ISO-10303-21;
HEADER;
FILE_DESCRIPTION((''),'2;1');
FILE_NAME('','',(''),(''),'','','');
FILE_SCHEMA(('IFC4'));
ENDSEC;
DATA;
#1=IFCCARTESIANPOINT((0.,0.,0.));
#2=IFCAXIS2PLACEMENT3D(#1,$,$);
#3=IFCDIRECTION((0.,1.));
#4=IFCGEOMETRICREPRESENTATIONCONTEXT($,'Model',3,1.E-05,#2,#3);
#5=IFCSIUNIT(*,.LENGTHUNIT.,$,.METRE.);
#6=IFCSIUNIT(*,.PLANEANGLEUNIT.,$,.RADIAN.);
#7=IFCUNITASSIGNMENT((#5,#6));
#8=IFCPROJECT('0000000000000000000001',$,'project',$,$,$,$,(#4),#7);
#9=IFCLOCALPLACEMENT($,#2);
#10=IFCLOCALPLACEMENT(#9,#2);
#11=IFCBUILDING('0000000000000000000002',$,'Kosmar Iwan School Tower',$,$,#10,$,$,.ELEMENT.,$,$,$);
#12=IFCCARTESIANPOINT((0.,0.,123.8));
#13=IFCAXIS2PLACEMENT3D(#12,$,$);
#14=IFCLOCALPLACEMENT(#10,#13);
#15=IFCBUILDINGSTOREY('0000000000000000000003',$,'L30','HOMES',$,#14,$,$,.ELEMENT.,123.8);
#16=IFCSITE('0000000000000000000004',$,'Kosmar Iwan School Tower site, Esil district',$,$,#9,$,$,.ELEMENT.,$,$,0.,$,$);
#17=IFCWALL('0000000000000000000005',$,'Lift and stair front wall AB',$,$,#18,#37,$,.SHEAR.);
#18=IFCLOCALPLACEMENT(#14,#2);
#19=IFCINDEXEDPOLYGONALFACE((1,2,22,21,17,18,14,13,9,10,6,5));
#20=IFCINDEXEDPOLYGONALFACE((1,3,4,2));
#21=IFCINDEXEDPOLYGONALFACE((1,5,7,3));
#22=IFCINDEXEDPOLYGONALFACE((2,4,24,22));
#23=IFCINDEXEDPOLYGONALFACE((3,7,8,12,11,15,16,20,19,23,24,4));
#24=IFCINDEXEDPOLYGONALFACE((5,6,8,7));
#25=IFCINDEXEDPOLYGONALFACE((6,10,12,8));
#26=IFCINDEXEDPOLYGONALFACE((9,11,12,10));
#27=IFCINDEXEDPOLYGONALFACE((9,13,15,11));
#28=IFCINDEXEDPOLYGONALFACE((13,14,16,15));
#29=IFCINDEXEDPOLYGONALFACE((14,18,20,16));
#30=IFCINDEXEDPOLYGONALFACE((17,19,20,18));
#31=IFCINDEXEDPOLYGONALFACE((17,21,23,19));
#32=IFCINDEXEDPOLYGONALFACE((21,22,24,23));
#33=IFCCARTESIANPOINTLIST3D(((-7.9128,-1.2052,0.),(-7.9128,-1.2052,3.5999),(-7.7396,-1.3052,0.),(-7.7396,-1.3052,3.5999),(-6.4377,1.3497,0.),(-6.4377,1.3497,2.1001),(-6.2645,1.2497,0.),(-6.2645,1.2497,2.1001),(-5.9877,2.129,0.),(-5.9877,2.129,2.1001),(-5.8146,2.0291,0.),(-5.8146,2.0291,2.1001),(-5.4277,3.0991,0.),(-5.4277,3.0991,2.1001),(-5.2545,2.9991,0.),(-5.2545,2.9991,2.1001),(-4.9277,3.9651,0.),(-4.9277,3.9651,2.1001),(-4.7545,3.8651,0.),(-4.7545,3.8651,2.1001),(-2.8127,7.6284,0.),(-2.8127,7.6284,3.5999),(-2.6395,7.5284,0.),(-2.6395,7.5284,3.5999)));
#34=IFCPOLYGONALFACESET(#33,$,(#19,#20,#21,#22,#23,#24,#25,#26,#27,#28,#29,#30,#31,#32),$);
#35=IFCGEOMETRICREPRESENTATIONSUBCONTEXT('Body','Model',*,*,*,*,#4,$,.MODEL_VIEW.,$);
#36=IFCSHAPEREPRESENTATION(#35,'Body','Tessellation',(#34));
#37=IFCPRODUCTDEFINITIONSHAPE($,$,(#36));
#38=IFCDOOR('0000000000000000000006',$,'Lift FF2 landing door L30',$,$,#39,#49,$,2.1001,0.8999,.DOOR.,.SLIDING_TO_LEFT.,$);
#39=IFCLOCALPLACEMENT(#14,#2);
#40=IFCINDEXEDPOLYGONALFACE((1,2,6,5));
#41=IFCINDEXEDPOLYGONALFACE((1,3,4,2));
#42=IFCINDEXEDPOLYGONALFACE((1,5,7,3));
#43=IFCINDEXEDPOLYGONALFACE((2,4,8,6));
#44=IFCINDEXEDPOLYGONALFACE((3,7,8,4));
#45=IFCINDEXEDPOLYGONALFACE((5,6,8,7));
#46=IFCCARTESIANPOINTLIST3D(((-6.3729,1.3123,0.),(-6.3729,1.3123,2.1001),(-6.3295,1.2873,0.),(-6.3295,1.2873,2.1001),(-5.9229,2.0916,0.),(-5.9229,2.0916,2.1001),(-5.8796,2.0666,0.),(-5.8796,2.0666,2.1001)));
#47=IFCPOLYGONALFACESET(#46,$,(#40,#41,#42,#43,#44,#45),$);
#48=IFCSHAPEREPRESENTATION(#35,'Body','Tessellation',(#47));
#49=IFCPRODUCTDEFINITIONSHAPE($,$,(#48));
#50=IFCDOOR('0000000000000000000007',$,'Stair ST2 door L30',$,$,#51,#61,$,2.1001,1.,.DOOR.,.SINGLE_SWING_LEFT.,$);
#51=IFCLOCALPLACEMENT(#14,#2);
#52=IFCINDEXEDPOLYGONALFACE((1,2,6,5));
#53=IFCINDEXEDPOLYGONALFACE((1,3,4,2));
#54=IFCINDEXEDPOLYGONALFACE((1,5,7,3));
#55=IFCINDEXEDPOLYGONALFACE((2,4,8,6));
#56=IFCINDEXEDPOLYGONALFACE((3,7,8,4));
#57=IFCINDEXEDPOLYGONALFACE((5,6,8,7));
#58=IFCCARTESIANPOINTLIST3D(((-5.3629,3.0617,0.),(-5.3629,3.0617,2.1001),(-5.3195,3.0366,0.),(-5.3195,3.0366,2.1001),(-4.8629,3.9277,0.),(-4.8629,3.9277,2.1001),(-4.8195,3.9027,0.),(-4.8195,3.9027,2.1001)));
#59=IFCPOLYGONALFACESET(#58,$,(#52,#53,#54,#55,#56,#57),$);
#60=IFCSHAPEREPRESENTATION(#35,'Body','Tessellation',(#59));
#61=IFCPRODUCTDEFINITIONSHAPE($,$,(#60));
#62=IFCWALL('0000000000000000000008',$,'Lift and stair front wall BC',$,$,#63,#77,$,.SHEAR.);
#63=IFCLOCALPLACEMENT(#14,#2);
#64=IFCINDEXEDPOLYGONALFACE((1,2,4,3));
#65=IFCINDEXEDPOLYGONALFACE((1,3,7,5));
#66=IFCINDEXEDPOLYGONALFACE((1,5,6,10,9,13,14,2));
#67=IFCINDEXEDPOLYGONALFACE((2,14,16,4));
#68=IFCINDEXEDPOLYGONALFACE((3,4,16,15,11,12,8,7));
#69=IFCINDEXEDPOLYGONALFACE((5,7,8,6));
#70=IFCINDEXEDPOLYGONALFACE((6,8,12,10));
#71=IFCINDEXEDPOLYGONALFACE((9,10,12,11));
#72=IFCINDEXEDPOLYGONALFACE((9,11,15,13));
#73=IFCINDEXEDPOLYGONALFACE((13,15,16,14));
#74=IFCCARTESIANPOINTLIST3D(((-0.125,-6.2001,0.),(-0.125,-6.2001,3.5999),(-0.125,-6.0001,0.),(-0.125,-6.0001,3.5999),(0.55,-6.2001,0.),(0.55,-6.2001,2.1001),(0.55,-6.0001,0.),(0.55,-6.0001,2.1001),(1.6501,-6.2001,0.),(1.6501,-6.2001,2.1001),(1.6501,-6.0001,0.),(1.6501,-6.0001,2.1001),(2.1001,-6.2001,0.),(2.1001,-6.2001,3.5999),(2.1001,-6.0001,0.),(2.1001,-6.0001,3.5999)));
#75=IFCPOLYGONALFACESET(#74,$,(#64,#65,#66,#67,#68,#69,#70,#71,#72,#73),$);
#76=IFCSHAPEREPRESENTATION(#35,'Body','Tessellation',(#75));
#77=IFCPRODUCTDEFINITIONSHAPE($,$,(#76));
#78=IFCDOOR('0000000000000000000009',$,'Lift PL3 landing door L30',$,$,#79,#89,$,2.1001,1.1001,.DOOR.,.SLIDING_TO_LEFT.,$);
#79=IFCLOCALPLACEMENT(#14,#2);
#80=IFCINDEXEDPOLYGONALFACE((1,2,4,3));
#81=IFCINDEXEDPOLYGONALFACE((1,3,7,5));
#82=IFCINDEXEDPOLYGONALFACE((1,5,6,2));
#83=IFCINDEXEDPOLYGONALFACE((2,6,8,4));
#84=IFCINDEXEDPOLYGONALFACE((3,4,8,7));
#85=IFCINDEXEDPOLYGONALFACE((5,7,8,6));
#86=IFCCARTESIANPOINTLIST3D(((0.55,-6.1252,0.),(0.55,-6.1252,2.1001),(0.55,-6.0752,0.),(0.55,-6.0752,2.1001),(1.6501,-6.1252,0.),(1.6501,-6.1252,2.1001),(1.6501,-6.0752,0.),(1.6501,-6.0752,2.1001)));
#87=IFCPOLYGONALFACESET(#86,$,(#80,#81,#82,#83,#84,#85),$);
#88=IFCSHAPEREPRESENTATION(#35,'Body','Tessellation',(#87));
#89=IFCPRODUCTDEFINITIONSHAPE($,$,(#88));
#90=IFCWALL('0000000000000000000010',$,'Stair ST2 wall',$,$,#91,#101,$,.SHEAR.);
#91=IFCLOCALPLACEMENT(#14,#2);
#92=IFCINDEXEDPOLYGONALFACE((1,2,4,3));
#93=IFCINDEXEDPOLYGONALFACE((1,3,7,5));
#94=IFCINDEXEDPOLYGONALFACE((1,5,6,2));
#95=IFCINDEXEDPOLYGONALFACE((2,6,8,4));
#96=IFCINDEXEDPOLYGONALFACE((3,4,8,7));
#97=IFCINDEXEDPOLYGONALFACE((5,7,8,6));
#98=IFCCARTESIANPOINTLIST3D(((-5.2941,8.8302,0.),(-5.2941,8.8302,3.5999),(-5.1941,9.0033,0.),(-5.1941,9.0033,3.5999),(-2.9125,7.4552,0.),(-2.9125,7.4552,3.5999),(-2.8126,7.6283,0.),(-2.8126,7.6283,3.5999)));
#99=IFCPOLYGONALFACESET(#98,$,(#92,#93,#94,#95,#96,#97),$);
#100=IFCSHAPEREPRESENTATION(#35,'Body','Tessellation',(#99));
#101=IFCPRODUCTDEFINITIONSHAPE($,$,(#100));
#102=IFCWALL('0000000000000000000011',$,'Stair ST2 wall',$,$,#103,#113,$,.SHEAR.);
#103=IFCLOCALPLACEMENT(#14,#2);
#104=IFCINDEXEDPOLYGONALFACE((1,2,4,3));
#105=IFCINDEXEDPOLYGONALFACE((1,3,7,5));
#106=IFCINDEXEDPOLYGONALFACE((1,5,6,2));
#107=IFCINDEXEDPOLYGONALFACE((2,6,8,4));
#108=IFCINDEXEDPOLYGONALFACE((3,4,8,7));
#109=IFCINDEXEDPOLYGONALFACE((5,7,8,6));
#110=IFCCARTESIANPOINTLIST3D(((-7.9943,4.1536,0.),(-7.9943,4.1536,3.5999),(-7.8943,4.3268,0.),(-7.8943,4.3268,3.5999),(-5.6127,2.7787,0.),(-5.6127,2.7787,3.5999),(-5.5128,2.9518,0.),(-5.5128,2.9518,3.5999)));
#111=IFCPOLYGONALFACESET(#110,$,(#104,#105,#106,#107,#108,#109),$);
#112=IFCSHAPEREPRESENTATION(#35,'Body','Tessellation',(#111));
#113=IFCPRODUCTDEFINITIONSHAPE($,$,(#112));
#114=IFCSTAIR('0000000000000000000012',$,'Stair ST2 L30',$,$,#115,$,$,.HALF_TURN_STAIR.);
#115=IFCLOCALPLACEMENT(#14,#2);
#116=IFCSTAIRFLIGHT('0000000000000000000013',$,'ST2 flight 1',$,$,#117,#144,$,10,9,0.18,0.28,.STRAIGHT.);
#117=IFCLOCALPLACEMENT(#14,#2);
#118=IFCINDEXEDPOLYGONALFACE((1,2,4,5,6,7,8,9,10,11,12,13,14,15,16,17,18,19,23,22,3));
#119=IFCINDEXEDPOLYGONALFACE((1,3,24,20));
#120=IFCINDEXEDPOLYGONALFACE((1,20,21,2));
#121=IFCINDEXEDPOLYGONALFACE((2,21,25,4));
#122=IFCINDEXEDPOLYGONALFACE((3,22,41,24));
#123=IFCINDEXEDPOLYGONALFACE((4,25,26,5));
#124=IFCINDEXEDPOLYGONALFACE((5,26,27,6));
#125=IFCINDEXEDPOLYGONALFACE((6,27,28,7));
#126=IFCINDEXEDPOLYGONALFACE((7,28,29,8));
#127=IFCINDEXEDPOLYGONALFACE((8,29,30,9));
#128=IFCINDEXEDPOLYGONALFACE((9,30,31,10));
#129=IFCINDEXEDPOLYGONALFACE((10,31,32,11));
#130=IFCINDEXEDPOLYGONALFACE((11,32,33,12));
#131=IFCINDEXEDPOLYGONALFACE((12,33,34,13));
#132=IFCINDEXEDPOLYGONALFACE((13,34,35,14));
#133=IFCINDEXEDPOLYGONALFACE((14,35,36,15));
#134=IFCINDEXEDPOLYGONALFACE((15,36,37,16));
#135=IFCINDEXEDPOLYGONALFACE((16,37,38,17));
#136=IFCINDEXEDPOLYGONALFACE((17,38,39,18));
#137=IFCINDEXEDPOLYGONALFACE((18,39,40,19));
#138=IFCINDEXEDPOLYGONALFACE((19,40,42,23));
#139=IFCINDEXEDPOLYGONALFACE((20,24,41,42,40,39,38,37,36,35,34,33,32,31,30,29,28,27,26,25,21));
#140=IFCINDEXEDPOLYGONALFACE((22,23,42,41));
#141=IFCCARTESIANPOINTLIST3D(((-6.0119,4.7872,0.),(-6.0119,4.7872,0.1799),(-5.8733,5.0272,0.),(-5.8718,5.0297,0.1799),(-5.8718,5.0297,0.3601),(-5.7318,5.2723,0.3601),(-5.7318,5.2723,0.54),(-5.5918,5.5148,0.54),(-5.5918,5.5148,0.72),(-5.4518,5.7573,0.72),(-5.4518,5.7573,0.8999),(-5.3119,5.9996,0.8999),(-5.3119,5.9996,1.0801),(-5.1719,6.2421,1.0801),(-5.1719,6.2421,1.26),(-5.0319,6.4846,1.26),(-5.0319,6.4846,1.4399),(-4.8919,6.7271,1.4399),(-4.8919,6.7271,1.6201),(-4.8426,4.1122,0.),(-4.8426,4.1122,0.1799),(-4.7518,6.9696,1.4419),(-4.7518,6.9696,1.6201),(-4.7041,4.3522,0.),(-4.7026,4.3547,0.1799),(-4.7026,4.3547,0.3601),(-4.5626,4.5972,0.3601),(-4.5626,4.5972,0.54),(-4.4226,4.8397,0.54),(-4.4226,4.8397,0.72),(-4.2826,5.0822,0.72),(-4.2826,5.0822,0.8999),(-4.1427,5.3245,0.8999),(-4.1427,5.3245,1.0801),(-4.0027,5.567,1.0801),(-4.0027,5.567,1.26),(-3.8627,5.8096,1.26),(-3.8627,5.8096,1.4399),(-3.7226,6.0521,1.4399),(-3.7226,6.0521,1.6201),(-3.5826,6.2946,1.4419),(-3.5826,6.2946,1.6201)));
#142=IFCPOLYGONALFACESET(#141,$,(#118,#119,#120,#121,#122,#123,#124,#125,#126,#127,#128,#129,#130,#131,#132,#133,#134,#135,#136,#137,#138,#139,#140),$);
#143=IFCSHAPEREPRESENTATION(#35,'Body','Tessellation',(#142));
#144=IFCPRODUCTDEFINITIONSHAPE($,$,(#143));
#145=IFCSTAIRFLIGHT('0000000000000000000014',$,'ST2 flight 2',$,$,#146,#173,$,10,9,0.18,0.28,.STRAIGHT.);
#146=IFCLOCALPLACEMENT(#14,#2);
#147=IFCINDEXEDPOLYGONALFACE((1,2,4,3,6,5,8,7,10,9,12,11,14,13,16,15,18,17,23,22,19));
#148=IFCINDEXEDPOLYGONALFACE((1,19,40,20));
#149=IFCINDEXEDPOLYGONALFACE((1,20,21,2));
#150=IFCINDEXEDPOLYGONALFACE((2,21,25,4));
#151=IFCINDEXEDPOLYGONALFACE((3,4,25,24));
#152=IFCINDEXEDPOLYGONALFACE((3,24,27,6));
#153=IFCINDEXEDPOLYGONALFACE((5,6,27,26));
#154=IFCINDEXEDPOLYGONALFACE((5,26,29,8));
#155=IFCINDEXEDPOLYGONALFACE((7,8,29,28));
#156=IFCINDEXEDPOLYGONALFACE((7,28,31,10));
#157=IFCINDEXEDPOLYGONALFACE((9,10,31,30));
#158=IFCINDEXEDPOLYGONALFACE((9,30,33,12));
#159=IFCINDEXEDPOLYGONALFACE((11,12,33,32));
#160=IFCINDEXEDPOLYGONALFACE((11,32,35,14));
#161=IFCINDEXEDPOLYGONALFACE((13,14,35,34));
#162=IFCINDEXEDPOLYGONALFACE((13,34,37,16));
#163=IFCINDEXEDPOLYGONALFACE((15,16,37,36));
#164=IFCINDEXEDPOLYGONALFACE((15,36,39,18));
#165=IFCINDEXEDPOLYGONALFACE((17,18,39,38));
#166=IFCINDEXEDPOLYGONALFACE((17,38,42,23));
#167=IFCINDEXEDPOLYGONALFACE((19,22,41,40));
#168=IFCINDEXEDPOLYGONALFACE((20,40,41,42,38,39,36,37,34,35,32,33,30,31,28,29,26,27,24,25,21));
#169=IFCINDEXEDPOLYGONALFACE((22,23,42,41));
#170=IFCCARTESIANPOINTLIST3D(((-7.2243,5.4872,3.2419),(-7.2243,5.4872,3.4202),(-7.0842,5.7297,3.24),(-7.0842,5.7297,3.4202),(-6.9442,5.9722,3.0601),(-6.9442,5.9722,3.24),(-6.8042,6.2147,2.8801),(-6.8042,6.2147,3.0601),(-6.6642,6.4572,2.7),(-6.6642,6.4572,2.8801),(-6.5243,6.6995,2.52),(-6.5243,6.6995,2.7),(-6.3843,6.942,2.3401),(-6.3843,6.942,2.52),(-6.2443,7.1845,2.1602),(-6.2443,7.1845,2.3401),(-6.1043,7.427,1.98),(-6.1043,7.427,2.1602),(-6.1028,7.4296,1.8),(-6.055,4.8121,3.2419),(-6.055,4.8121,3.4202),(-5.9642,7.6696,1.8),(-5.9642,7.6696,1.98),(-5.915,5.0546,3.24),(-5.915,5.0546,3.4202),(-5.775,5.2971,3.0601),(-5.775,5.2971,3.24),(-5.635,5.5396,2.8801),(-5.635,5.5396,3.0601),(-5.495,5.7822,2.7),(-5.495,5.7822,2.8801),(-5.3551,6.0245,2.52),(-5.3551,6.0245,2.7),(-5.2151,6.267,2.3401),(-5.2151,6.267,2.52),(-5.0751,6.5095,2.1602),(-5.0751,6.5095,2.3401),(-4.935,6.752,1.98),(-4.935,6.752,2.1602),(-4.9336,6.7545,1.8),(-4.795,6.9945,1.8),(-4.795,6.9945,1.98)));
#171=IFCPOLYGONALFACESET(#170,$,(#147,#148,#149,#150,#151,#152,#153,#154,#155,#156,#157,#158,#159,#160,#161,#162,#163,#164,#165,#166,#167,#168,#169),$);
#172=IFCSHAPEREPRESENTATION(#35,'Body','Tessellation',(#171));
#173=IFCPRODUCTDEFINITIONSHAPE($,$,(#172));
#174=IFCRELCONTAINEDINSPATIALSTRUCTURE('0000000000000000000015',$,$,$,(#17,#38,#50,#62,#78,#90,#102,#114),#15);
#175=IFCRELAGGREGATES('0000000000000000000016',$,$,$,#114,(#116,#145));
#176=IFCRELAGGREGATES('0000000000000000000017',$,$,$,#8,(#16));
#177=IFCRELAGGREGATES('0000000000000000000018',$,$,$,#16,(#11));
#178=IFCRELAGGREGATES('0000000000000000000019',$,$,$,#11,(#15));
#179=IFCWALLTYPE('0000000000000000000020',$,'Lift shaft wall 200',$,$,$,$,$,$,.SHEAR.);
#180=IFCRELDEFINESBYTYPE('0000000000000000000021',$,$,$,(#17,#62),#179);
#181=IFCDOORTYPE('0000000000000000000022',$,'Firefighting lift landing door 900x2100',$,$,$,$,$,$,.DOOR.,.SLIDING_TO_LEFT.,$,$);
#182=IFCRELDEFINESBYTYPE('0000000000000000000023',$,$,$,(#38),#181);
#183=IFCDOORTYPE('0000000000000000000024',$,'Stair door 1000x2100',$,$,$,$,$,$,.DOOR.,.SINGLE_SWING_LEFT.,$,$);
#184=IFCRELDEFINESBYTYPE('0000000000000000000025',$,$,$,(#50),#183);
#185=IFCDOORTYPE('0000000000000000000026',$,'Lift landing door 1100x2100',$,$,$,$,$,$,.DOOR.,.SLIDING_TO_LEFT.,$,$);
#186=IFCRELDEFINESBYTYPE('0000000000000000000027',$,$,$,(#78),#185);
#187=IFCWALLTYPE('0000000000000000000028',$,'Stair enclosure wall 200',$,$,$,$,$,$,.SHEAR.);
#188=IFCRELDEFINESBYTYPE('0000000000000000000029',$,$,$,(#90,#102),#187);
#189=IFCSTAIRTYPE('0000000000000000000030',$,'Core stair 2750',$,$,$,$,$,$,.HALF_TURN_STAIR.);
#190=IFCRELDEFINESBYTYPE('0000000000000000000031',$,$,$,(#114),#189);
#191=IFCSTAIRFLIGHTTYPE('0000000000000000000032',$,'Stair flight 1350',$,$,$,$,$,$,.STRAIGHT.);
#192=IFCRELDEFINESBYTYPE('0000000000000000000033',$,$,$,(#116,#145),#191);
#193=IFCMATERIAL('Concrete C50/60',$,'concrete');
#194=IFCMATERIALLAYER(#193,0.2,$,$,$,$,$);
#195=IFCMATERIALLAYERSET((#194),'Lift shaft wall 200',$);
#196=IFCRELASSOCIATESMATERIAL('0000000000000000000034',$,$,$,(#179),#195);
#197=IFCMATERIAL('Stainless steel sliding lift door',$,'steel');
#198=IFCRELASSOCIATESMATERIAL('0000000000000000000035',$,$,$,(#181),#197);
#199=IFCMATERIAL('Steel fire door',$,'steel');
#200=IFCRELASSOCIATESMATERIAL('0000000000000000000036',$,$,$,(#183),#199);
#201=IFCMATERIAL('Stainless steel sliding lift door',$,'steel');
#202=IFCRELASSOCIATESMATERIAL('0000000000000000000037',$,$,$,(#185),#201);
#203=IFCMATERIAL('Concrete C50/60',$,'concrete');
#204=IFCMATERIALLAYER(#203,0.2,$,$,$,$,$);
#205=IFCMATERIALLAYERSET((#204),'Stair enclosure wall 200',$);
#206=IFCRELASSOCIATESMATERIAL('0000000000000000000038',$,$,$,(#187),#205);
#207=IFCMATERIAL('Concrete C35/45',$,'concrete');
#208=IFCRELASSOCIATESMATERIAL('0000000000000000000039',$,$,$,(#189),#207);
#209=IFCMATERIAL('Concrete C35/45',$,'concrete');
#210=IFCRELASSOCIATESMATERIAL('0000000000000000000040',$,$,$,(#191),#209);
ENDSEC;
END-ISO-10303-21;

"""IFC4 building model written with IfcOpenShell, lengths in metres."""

from ifc_helpers import new_model, si_unit, direction, frame, frame_2d, origin, place, context, subcontext, project, spatial, polyline, rectangle, outline, extrude, material, layer, layer_set, type_object, element, fill, aggregate, save


model = new_model("IFC4")

# Units and contexts
model_context = context("Model", 3, precision=1e-05, world=origin(), true_north=direction((0.0, 1.0)))
body_context = subcontext(model_context, "Body", "Model", "MODEL_VIEW")
ifc_project = project(units=[si_unit("LENGTHUNIT", "METRE"), si_unit("PLANEANGLEUNIT", "RADIAN")], contexts=[model_context])

# Site, building, storey
site_placement = place(None, origin())
site = spatial("IfcSite", under=ifc_project, at=site_placement, Name="Kosmar Iwan School Tower site, Esil district", CompositionType="ELEMENT", RefElevation=0.0)
building_placement = place(site_placement, origin())
building = spatial("IfcBuilding", under=site, at=building_placement, Name="Kosmar Iwan School Tower", CompositionType="ELEMENT")
storey_placement = place(building_placement, frame((0.0, 0.0, 123.8)))
storey = spatial("IfcBuildingStorey", under=building, at=storey_placement, Name="L30", Description="HOMES", CompositionType="ELEMENT", Elevation=123.8)

# Wall, openings, doors
ifc_material_1 = material(Name="Concrete C50/60", Category="concrete")
ifc_layer_1 = layer(ifc_material_1, 0.2)
ifc_layer_set_1 = layer_set([ifc_layer_1], Name="Lift shaft wall 200")
wall_type_1 = type_object("IfcWallType", Name="Lift shaft wall 200", PredefinedType="SHEAR", material=ifc_layer_set_1)
wall_1_placement = place(storey_placement, frame((-2.7261, 7.5784, 0.0), z_axis=(0.0, 0.0, 1.0), x_axis=(-0.500006, -0.866022, 0.0)))
wall_1 = element("IfcWall", 1, at=wall_1_placement, inside=storey, type_object=wall_type_1, Name="Lift and stair front wall AB", PredefinedType="SHEAR", context=body_context, shape_type="SweptSolid", body=[
    extrude(rectangle(XDim=10.2002, YDim=0.2, at=frame_2d((5.1001, 0.0))), origin(), (0.0, 0.0, 1.0), 3.5999),
])
opening_1_placement = place(wall_1_placement, frame((6.3501, 0.0, 0.0)))
opening_1 = element("IfcOpeningElement", 2, at=opening_1_placement, cuts=wall_1, PredefinedType="OPENING", context=body_context, shape_type="SweptSolid", body=[
    extrude(rectangle(XDim=0.8999, YDim=2.1001, at=frame_2d((0.45, 1.05))), frame((0.0, 0.1121, 0.0), z_axis=(0.0, -1.0, 0.0), x_axis=(1.0, 0.0, 0.0)), (0.0, 0.0, 1.0), 0.2239),
])
opening_2_placement = place(wall_1_placement, frame((4.23, 0.0, 0.0)))
opening_2 = element("IfcOpeningElement", 3, at=opening_2_placement, cuts=wall_1, PredefinedType="OPENING", context=body_context, shape_type="SweptSolid", body=[
    extrude(rectangle(XDim=1.0, YDim=2.1001, at=frame_2d((0.5, 1.05))), frame((0.0, 0.1121, 0.0), z_axis=(0.0, -1.0, 0.0), x_axis=(1.0, 0.0, 0.0)), (0.0, 0.0, 1.0), 0.2239),
])
ifc_material_2 = material(Name="Stainless steel sliding lift door", Category="steel")
door_type_1 = type_object("IfcDoorType", Name="Firefighting lift landing door 900x2100", OperationType="SLIDING_TO_LEFT", PredefinedType="DOOR", material=ifc_material_2)
door_1_placement = place(opening_1_placement, origin())
door_1 = element("IfcDoor", 4, at=door_1_placement, inside=storey, type_object=door_type_1, Name="Lift FF2 landing door L30", OperationType="SLIDING_TO_LEFT", OverallHeight=2.1001, OverallWidth=0.8999, PredefinedType="DOOR", context=body_context, shape_type="SweptSolid", body=[
    extrude(rectangle(XDim=0.8999, YDim=2.1001, at=frame_2d((0.45, 1.05))), frame((0.0, 0.0249, 0.0), z_axis=(0.0, -1.0, 0.0), x_axis=(1.0, 0.0, 0.0)), (0.0, 0.0, 1.0), 0.05),
])
fill(opening_1, door_1)
ifc_material_3 = material(Name="Steel fire door", Category="steel")
door_type_2 = type_object("IfcDoorType", Name="Stair door 1000x2100", OperationType="SINGLE_SWING_LEFT", PredefinedType="DOOR", material=ifc_material_3)
door_2_placement = place(opening_2_placement, origin())
door_2 = element("IfcDoor", 5, at=door_2_placement, inside=storey, type_object=door_type_2, Name="Stair ST2 door L30", OperationType="SINGLE_SWING_LEFT", OverallHeight=2.1001, OverallWidth=1.0, PredefinedType="DOOR", context=body_context, shape_type="SweptSolid", body=[
    extrude(rectangle(XDim=1.0, YDim=2.1001, at=frame_2d((0.5, 1.05))), frame((0.0, 0.0249, 0.0), z_axis=(0.0, -1.0, 0.0), x_axis=(1.0, 0.0, 0.0)), (0.0, 0.0, 1.0), 0.05),
])
fill(opening_2, door_2)

# Wall, opening, door
wall_2_placement = place(storey_placement, frame((-0.125, -6.1001, 0.0), z_axis=(0.0, 0.0, 1.0), x_axis=(1.0, 0.0, 0.0)))
wall_2 = element("IfcWall", 6, at=wall_2_placement, inside=storey, type_object=wall_type_1, Name="Lift and stair front wall BC", PredefinedType="SHEAR", context=body_context, shape_type="SweptSolid", body=[
    extrude(rectangle(XDim=2.2251, YDim=0.2, at=frame_2d((1.1125, 0.0))), origin(), (0.0, 0.0, 1.0), 3.5999),
])
opening_3_placement = place(wall_2_placement, frame((0.675, 0.0, 0.0)))
opening_3 = element("IfcOpeningElement", 7, at=opening_3_placement, cuts=wall_2, PredefinedType="OPENING", context=body_context, shape_type="SweptSolid", body=[
    extrude(rectangle(XDim=1.1001, YDim=2.1001, at=frame_2d((0.55, 1.05))), frame((0.0, 0.1121, 0.0), z_axis=(0.0, -1.0, 0.0), x_axis=(1.0, 0.0, 0.0)), (0.0, 0.0, 1.0), 0.2239),
])
ifc_material_4 = material(Name="Stainless steel sliding lift door", Category="steel")
door_type_3 = type_object("IfcDoorType", Name="Lift landing door 1100x2100", OperationType="SLIDING_TO_LEFT", PredefinedType="DOOR", material=ifc_material_4)
door_3_placement = place(opening_3_placement, origin())
door_3 = element("IfcDoor", 8, at=door_3_placement, inside=storey, type_object=door_type_3, Name="Lift PL3 landing door L30", OperationType="SLIDING_TO_LEFT", OverallHeight=2.1001, OverallWidth=1.1001, PredefinedType="DOOR", context=body_context, shape_type="SweptSolid", body=[
    extrude(rectangle(XDim=1.1001, YDim=2.1001, at=frame_2d((0.55, 1.05))), frame((0.0, 0.0249, 0.0), z_axis=(0.0, -1.0, 0.0), x_axis=(1.0, 0.0, 0.0)), (0.0, 0.0, 1.0), 0.05),
])
fill(opening_3, door_3)

# Walls
ifc_material_5 = material(Name="Concrete C50/60", Category="concrete")
ifc_layer_2 = layer(ifc_material_5, 0.2)
ifc_layer_set_2 = layer_set([ifc_layer_2], Name="Stair enclosure wall 200")
wall_type_2 = type_object("IfcWallType", Name="Stair enclosure wall 200", PredefinedType="SHEAR", material=ifc_layer_set_2)
for number, where, z_axis, x_axis, name in (
    (9, (-2.8625, 7.5417, 0.0), (0.0, 0.0, 1.0), (-0.866027, 0.499997, 0.0), "Stair ST2 wall"),
    (10, (-5.5627, 2.8652, 0.0), (0.0, 0.0, 1.0), (-0.866027, 0.499997, 0.0), "Stair ST2 wall"),
):
    element("IfcWall", number, at=place(storey_placement, frame(where, z_axis=z_axis, x_axis=x_axis)), inside=storey, type_object=wall_type_2, Name=name, PredefinedType="SHEAR", context=body_context, shape_type="SweptSolid", body=[
        extrude(rectangle(XDim=2.75, YDim=0.2, at=frame_2d((1.375, 0.0))), origin(), (0.0, 0.0, 1.0), 3.5999),
    ])

# Stair, stair flights
ifc_material_6 = material(Name="Concrete C35/45", Category="concrete")
stair_type = type_object("IfcStairType", Name="Core stair 2750", PredefinedType="HALF_TURN_STAIR", material=ifc_material_6)
stair_placement = place(storey_placement, origin())
stair = element("IfcStair", 11, at=stair_placement, inside=storey, type_object=stair_type, Name="Stair ST2 L30", PredefinedType="HALF_TURN_STAIR")
ifc_material_7 = material(Name="Concrete C35/45", Category="concrete")
stair_flight_type = type_object("IfcStairFlightType", Name="Stair flight 1350", PredefinedType="STRAIGHT", material=ifc_material_7)
stair_flight_1_placement = place(storey_placement, frame((-5.4272, 4.4497, 0.0), z_axis=(0.0, 0.0, 1.0), x_axis=(0.5, 0.866025, 0.0)))
stair_flight_1 = element("IfcStairFlight", 12, at=stair_flight_1_placement, type_object=stair_flight_type, Name="ST2 flight 1", NumberOfRisers=10, NumberOfTreads=9, PredefinedType="STRAIGHT", RiserHeight=0.18, TreadLength=0.28, context=body_context, shape_type="SweptSolid", body=[
    extrude(outline(polyline([(0.0, 0.0), (0.0, 0.1799), (0.28, 0.1799), (0.28, 0.3601), (0.5601, 0.3601), (0.5601, 0.54), (0.8401, 0.54), (0.8401, 0.72), (1.1201, 0.72), (1.1201, 0.8999), (1.3999, 0.8999), (1.3999, 1.0801), (1.6799, 1.0801), (1.6799, 1.26), (1.96, 1.26), (1.96, 1.4399), (2.24, 1.4399), (2.24, 1.6201), (2.52, 1.6201), (2.52, 1.8), (2.52, 1.4419), (0.2771, 0.0), (0.0, 0.0)])), frame((0.0, 0.675, 0.0), z_axis=(0.0, -1.0, 0.0), x_axis=(1.0, 0.0, 0.0)), (0.0, 0.0, 1.0), 1.3501),
])
stair_flight_2_placement = place(storey_placement, frame((-5.3796, 7.332, 1.8), z_axis=(0.0, 0.0, 1.0), x_axis=(-0.5, -0.866025, 0.0)))
stair_flight_2 = element("IfcStairFlight", 13, at=stair_flight_2_placement, type_object=stair_flight_type, Name="ST2 flight 2", NumberOfRisers=10, NumberOfTreads=9, PredefinedType="STRAIGHT", RiserHeight=0.18, TreadLength=0.28, context=body_context, shape_type="SweptSolid", body=[
    extrude(outline(polyline([(0.0, 0.0), (0.0, 0.1799), (0.28, 0.1799), (0.28, 0.3601), (0.5601, 0.3601), (0.5601, 0.54), (0.8401, 0.54), (0.8401, 0.72), (1.1201, 0.72), (1.1201, 0.8999), (1.3999, 0.8999), (1.3999, 1.0801), (1.6799, 1.0801), (1.6799, 1.26), (1.96, 1.26), (1.96, 1.4399), (2.24, 1.4399), (2.24, 1.6201), (2.52, 1.6201), (2.52, 1.8), (2.52, 1.4419), (0.2771, 0.0), (0.0, 0.0)])), frame((0.0, 0.675, 0.0), z_axis=(0.0, -1.0, 0.0), x_axis=(1.0, 0.0, 0.0)), (0.0, 0.0, 1.0), 1.3501),
])
aggregate(stair, [stair_flight_1, stair_flight_2])

save(model, "model.ifc")
